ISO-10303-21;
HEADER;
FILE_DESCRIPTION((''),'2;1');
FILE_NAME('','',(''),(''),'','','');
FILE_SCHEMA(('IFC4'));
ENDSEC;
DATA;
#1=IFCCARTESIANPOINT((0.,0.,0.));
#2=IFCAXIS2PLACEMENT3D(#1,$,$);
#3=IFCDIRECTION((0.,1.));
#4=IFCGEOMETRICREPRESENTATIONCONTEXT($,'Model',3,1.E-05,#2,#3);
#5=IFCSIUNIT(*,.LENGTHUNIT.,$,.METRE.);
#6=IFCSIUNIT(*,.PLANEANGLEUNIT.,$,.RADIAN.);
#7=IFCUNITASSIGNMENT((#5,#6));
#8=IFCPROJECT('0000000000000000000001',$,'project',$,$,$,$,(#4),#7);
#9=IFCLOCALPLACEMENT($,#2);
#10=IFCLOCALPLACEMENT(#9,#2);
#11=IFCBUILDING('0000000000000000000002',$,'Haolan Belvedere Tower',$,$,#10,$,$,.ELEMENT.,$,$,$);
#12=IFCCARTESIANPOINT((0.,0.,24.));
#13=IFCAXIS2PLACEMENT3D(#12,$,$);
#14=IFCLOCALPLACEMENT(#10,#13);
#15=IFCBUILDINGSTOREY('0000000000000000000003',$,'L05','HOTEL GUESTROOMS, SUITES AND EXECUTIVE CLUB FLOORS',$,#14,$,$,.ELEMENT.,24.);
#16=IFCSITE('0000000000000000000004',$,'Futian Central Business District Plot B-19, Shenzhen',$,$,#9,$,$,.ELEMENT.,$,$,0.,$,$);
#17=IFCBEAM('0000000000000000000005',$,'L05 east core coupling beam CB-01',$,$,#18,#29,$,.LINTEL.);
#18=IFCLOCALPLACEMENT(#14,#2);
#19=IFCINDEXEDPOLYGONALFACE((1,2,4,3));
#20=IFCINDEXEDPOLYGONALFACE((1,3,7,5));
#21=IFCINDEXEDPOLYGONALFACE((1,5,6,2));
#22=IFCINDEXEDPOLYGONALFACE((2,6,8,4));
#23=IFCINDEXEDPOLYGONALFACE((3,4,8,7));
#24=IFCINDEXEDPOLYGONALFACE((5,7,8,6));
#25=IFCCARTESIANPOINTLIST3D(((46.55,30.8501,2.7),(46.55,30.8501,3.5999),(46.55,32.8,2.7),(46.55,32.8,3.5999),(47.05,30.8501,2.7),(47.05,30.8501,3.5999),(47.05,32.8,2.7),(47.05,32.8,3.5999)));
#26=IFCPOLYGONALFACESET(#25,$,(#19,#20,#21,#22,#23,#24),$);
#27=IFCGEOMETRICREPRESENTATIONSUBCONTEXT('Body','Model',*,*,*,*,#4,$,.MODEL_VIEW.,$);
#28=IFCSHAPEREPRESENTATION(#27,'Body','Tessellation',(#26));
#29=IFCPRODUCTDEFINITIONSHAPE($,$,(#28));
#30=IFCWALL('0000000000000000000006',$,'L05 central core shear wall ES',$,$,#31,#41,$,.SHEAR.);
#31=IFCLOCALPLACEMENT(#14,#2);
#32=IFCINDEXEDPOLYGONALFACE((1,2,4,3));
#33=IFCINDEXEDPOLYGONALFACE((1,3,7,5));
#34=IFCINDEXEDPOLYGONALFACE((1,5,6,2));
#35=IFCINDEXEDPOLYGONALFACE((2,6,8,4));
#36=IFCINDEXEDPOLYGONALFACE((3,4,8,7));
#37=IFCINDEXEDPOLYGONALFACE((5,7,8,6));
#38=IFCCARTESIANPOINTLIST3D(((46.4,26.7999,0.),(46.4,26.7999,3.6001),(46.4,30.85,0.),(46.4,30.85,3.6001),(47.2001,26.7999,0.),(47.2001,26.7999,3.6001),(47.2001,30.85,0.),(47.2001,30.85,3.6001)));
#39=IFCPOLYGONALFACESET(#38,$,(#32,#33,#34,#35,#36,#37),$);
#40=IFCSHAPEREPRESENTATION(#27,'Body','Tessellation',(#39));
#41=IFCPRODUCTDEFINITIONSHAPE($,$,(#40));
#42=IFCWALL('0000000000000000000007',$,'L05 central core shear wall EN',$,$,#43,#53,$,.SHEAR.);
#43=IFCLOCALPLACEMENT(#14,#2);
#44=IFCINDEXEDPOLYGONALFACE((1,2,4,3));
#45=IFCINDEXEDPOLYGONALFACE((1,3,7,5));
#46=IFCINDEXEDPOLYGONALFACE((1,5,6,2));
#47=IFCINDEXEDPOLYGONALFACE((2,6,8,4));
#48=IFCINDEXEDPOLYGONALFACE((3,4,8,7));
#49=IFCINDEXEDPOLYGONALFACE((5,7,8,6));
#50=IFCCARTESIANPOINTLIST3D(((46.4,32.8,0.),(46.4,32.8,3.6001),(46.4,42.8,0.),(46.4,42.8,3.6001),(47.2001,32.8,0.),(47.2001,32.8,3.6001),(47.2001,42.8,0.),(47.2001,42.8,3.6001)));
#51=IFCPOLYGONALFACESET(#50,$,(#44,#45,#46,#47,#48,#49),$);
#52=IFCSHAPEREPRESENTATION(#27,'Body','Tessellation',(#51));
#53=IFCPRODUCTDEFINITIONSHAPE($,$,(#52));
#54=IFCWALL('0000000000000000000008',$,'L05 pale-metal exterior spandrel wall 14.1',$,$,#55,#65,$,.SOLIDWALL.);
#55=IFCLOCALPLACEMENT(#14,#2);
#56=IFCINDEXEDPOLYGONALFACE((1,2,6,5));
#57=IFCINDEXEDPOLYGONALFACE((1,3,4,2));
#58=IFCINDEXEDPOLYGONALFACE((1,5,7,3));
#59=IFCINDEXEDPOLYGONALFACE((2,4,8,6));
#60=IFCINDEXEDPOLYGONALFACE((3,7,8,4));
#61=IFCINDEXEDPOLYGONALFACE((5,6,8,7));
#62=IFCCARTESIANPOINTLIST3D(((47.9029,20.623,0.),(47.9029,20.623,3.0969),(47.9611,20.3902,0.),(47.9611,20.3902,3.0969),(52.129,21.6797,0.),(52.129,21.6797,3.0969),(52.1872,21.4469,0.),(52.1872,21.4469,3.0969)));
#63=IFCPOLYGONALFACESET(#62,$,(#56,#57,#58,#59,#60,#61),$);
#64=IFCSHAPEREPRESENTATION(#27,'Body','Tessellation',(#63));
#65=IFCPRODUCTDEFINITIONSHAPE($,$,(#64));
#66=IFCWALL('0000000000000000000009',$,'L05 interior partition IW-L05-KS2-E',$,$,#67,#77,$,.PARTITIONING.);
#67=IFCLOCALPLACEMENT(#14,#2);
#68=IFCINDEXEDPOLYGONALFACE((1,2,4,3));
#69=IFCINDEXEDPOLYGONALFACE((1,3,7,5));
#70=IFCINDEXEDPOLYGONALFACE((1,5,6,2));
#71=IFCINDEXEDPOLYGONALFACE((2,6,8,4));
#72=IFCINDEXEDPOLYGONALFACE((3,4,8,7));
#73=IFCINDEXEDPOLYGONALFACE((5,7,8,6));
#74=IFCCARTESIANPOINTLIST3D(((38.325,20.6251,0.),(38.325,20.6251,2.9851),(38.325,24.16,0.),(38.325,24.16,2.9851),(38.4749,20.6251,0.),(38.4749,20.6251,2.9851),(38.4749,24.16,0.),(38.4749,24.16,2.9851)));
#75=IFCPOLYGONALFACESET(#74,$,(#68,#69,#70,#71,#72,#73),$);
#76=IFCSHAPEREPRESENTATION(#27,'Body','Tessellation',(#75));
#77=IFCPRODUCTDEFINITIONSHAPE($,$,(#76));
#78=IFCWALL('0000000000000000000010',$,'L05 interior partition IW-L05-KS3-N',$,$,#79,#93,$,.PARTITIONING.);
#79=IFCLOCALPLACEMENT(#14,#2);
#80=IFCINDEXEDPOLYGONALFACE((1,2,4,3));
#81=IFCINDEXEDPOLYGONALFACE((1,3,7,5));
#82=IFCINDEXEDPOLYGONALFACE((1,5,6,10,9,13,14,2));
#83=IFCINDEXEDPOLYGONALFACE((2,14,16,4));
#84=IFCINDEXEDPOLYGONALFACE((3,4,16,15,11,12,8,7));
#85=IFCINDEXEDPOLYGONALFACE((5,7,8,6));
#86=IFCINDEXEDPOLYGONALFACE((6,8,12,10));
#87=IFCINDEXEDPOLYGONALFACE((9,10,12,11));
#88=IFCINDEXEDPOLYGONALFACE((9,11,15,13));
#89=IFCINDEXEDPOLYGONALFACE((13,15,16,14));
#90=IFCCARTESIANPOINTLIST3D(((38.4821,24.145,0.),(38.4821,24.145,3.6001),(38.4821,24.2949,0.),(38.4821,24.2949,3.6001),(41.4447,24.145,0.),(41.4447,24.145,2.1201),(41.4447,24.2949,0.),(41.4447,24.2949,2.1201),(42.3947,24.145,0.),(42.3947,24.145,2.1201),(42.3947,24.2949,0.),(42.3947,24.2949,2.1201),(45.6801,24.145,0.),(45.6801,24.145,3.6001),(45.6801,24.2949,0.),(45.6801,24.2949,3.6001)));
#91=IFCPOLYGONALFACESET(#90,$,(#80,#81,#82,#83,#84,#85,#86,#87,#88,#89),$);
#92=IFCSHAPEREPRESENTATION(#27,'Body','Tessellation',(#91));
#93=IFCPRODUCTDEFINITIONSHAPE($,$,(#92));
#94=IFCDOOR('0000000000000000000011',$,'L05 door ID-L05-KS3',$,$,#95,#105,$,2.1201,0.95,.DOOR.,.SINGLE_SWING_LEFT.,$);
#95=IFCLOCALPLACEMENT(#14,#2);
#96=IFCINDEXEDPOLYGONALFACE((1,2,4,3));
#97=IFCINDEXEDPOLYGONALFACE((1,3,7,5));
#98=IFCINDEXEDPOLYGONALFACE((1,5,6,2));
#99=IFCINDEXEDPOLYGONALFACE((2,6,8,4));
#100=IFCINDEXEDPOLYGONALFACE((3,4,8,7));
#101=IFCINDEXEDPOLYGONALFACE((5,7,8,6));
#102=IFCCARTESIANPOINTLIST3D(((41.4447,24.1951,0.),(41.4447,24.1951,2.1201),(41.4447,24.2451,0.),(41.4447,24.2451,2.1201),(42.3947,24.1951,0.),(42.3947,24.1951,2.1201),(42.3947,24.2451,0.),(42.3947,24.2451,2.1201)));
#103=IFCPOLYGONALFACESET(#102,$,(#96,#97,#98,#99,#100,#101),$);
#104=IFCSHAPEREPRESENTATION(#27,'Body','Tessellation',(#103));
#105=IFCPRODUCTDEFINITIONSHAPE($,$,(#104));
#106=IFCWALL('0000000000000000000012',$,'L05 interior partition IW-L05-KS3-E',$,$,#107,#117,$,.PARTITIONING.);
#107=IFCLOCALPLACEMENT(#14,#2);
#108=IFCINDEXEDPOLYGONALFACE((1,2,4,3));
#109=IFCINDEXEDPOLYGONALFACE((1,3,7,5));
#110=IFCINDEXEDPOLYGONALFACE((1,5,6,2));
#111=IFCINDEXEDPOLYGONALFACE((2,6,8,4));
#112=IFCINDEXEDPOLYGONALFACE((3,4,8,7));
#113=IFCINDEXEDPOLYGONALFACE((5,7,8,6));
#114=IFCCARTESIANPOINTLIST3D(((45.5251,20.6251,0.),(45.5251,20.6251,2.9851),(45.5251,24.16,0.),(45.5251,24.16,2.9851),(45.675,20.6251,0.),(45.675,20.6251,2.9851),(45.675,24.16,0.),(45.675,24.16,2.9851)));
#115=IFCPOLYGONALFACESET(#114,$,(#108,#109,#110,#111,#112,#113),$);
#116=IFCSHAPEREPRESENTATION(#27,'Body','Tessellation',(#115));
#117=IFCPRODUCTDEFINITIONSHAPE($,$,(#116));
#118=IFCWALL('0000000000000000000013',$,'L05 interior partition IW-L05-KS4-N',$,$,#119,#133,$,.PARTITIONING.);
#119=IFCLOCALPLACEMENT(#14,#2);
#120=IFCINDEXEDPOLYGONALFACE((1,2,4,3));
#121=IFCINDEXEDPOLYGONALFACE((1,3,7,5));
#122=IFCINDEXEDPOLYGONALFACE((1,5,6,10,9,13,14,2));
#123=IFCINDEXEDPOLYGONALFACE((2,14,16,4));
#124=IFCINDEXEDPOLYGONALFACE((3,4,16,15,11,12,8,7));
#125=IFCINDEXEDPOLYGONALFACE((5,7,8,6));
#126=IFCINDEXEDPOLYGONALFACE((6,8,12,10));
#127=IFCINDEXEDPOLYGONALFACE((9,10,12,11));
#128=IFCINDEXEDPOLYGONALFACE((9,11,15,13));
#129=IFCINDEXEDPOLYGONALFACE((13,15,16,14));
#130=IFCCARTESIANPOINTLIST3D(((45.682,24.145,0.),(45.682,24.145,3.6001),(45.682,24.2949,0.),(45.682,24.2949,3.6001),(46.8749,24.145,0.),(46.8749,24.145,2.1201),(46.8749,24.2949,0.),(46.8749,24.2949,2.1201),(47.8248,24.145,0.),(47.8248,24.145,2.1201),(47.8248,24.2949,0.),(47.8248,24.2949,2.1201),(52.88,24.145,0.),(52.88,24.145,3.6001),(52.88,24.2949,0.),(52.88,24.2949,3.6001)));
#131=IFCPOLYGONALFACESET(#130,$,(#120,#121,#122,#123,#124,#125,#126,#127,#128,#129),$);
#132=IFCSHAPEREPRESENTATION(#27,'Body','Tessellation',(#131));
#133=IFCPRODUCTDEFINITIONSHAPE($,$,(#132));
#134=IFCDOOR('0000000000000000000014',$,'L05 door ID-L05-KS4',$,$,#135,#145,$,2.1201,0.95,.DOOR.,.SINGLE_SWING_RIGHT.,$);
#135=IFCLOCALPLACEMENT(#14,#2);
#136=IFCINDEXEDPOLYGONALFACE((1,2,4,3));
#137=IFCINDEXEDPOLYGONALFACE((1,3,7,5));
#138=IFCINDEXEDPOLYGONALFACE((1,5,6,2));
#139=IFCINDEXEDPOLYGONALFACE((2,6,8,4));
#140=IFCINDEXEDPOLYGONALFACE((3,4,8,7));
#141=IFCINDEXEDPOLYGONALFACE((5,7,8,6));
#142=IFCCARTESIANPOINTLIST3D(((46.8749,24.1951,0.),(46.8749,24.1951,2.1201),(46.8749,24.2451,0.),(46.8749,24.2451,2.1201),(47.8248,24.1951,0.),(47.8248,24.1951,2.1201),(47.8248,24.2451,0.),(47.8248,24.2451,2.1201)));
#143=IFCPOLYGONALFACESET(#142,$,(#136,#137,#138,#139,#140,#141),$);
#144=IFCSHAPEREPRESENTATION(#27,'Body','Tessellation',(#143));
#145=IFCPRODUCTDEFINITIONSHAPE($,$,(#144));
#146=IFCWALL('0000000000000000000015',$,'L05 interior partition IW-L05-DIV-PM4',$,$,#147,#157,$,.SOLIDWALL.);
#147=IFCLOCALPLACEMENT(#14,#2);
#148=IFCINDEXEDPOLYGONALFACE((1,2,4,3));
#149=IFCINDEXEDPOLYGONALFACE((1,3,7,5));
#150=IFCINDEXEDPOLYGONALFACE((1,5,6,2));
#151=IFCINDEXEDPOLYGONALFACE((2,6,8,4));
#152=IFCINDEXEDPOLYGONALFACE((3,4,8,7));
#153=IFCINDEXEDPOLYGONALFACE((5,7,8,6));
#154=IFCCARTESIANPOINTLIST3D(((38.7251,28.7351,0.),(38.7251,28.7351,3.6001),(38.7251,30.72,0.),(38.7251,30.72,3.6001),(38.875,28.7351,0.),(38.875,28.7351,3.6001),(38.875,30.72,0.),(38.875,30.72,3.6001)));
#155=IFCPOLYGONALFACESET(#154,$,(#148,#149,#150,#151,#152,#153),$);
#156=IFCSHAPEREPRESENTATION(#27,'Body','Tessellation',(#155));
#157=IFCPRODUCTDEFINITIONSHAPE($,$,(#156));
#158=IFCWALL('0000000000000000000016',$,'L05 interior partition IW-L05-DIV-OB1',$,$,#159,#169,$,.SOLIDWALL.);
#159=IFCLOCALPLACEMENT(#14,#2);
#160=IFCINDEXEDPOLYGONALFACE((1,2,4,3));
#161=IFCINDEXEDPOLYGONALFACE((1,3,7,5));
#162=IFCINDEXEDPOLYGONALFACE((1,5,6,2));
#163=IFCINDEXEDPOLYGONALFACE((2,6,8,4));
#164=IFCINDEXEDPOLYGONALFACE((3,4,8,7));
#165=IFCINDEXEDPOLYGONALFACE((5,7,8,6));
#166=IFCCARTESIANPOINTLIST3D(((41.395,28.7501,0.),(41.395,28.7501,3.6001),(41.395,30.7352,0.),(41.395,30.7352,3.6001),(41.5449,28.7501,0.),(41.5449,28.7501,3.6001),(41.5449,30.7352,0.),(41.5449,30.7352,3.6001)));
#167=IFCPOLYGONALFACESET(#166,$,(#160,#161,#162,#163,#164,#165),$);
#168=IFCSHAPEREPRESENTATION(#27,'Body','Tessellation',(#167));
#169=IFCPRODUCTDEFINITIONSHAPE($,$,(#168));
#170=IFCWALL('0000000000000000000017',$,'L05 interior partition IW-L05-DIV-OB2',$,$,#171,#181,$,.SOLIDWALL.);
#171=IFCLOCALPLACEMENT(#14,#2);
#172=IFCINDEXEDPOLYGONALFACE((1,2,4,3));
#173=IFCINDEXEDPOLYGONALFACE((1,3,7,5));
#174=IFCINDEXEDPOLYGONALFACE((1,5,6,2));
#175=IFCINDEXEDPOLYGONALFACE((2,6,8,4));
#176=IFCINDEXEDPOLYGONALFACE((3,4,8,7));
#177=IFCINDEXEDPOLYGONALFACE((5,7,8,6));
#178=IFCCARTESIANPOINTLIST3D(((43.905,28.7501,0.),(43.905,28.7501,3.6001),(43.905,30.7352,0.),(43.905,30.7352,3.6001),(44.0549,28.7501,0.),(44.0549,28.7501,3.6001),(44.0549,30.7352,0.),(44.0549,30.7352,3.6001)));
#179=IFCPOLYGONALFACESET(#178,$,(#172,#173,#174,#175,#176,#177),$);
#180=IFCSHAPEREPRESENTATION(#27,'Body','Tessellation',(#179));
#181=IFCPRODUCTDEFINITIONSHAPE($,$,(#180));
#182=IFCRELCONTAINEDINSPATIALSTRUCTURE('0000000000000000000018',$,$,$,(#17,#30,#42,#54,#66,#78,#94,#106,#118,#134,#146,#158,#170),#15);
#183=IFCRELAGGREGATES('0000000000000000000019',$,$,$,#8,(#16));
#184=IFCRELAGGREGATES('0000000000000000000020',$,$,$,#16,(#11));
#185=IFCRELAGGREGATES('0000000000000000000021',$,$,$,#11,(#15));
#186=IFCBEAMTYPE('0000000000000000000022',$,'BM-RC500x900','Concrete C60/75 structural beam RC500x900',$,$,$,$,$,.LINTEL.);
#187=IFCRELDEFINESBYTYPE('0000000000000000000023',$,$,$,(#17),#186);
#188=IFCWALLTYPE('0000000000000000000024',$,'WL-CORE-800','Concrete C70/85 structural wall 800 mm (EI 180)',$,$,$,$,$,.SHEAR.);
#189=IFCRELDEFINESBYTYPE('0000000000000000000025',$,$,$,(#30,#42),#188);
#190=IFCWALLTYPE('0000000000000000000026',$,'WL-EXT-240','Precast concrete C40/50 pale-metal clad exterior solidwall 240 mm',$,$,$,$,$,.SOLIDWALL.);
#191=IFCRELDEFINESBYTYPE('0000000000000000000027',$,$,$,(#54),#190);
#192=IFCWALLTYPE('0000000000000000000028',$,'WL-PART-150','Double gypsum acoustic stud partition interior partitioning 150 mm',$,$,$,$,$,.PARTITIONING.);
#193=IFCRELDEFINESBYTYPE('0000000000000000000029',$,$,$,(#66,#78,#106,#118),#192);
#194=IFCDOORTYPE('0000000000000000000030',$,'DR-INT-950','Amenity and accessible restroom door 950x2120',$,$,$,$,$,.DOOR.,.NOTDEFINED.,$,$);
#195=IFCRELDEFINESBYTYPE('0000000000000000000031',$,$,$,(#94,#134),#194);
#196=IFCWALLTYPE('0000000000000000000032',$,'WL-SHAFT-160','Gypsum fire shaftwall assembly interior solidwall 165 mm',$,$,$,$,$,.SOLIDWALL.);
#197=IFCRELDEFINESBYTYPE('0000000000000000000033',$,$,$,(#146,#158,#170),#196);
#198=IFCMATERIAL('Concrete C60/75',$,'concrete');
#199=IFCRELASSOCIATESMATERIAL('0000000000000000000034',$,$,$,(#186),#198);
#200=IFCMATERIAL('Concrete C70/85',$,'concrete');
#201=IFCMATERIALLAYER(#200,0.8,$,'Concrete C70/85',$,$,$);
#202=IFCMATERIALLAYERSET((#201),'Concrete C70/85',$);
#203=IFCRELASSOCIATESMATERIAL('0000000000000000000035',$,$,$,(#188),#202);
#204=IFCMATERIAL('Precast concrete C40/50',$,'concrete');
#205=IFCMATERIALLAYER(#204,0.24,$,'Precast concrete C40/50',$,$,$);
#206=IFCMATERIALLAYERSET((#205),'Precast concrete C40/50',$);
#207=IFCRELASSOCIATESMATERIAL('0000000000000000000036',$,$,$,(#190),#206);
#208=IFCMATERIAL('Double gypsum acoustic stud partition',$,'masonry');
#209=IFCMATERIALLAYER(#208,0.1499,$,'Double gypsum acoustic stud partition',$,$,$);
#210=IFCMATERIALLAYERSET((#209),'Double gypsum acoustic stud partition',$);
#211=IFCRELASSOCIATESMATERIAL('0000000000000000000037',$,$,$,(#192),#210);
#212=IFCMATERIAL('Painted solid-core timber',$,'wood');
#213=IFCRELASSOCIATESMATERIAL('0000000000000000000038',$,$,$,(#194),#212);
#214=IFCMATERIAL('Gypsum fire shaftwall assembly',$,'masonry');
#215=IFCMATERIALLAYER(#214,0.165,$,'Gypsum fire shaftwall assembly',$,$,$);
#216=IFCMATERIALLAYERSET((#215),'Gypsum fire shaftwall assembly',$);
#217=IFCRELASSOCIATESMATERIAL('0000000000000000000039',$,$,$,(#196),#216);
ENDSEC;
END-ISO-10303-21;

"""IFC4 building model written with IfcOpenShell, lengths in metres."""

from ifc_helpers import new_model, si_unit, direction, frame, frame_2d, origin, origin_2d, place, context, subcontext, project, spatial, rectangle, extrude, material, layer, layer_set, material_profile, profile_set, type_object, element, fill, save


model = new_model("IFC4")

# Units and contexts
model_context = context("Model", 3, precision=1e-05, world=origin(), true_north=direction((0.0, 1.0)))
body_context = subcontext(model_context, "Body", "Model", "MODEL_VIEW")
ifc_project = project(units=[si_unit("LENGTHUNIT", "METRE"), si_unit("PLANEANGLEUNIT", "RADIAN")], contexts=[model_context])

# Site, building, storey
site_placement = place(None, origin())
site = spatial("IfcSite", under=ifc_project, at=site_placement, Name="Futian Central Business District Plot B-19, Shenzhen", CompositionType="ELEMENT", RefElevation=0.0)
building_placement = place(site_placement, origin())
building = spatial("IfcBuilding", under=site, at=building_placement, Name="Haolan Belvedere Tower", CompositionType="ELEMENT")
storey_placement = place(building_placement, frame((0.0, 0.0, 24.0)))
storey = spatial("IfcBuildingStorey", under=building, at=storey_placement, Name="L05", Description="HOTEL GUESTROOMS, SUITES AND EXECUTIVE CLUB FLOORS", CompositionType="ELEMENT", Elevation=24.0)

# Beam
ifc_material_1 = material(Name="Concrete C60/75", Category="concrete")
ifc_material_profile_1 = material_profile(ifc_material_1, rectangle(XDim=0.5, YDim=0.8999, at=origin_2d()), Name="Concrete C60/75")
ifc_profile_set_1 = profile_set([ifc_material_profile_1], Name="Concrete C60/75")
beam_type_1 = type_object("IfcBeamType", Name="BM-RC500x900", Description="Concrete C60/75 structural beam RC500x900", PredefinedType="LINTEL", material=ifc_profile_set_1)
beam_1_placement = place(storey_placement, frame((46.8, 30.8501, 3.1499), z_axis=(0.0, 1.0, 0.0), x_axis=(-1.0, 0.0, 0.0)))
element("IfcBeam", 1, at=beam_1_placement, inside=storey, type_object=beam_type_1, Name="L05 east core coupling beam CB-01", PredefinedType="LINTEL", context=body_context, shape_type="SweptSolid", body=[
    extrude(rectangle(XDim=0.5, YDim=0.8999, at=origin_2d()), origin(), (0.0, 0.0, 1.0), 1.95),
])

# Walls
ifc_material_2 = material(Name="Concrete C70/85", Category="concrete")
ifc_layer_1 = layer(ifc_material_2, 0.8, Name="Concrete C70/85")
ifc_layer_set_1 = layer_set([ifc_layer_1], Name="Concrete C70/85")
wall_type_1 = type_object("IfcWallType", Name="WL-CORE-800", Description="Concrete C70/85 structural wall 800 mm (EI 180)", PredefinedType="SHEAR", material=ifc_layer_set_1)
wall_1_placement = place(storey_placement, frame((46.8, 26.8, 0.0), z_axis=(0.0, 0.0, 1.0), x_axis=(0.0, 1.0, 0.0)))
element("IfcWall", 2, at=wall_1_placement, inside=storey, type_object=wall_type_1, Name="L05 central core shear wall ES", PredefinedType="SHEAR", context=body_context, shape_type="SweptSolid", body=[
    extrude(rectangle(XDim=4.05, YDim=0.8, at=frame_2d((2.0249, 0.0))), origin(), (0.0, 0.0, 1.0), 3.6001),
])
wall_2_placement = place(storey_placement, frame((46.8, 32.8, 0.0), z_axis=(0.0, 0.0, 1.0), x_axis=(0.0, 1.0, 0.0)))
element("IfcWall", 3, at=wall_2_placement, inside=storey, type_object=wall_type_1, Name="L05 central core shear wall EN", PredefinedType="SHEAR", context=body_context, shape_type="SweptSolid", body=[
    extrude(rectangle(XDim=10.0, YDim=0.8, at=frame_2d((5.0, 0.0))), origin(), (0.0, 0.0, 1.0), 3.6001),
])
ifc_material_3 = material(Name="Precast concrete C40/50", Category="concrete")
ifc_layer_2 = layer(ifc_material_3, 0.24, Name="Precast concrete C40/50")
ifc_layer_set_2 = layer_set([ifc_layer_2], Name="Precast concrete C40/50")
wall_type_2 = type_object("IfcWallType", Name="WL-EXT-240", Description="Precast concrete C40/50 pale-metal clad exterior solidwall 240 mm", PredefinedType="SOLIDWALL", material=ifc_layer_set_2)
wall_3_placement = place(storey_placement, frame((47.9319, 20.5066, 0.0), z_axis=(0.0, 0.0, 1.0), x_axis=(0.970136, 0.242562, 0.0)))
element("IfcWall", 4, at=wall_3_placement, inside=storey, type_object=wall_type_2, Name="L05 pale-metal exterior spandrel wall 14.1", PredefinedType="SOLIDWALL", context=body_context, shape_type="SweptSolid", body=[
    extrude(rectangle(XDim=4.3562, YDim=0.24, at=frame_2d((2.1782, 0.0))), origin(), (0.0, 0.0, 1.0), 3.0969),
])
ifc_material_4 = material(Name="Double gypsum acoustic stud partition", Category="masonry")
ifc_layer_3 = layer(ifc_material_4, 0.1499, Name="Double gypsum acoustic stud partition")
ifc_layer_set_3 = layer_set([ifc_layer_3], Name="Double gypsum acoustic stud partition")
wall_type_3 = type_object("IfcWallType", Name="WL-PART-150", Description="Double gypsum acoustic stud partition interior partitioning 150 mm", PredefinedType="PARTITIONING", material=ifc_layer_set_3)
wall_4_placement = place(storey_placement, frame((38.3999, 20.625, 0.0), z_axis=(0.0, 0.0, 1.0), x_axis=(0.0, 1.0, 0.0)))
element("IfcWall", 5, at=wall_4_placement, inside=storey, type_object=wall_type_3, Name="L05 interior partition IW-L05-KS2-E", PredefinedType="PARTITIONING", context=body_context, shape_type="SweptSolid", body=[
    extrude(rectangle(XDim=3.5349, YDim=0.1499, at=frame_2d((1.7676, 0.0))), origin(), (0.0, 0.0, 1.0), 2.9851),
])

# Wall, opening, door
wall_5_placement = place(storey_placement, frame((38.4819, 24.22, 0.0), z_axis=(0.0, 0.0, 1.0), x_axis=(1.0, 0.0, 0.0)))
wall_5 = element("IfcWall", 6, at=wall_5_placement, inside=storey, type_object=wall_type_3, Name="L05 interior partition IW-L05-KS3-N", PredefinedType="PARTITIONING", context=body_context, shape_type="SweptSolid", body=[
    extrude(rectangle(XDim=7.198, YDim=0.1499, at=frame_2d((3.5991, 0.0))), origin(), (0.0, 0.0, 1.0), 3.6001),
])
opening_1_placement = place(wall_5_placement, frame((3.9128, 0.0, 0.0), z_axis=(0.0, 0.0, 1.0), x_axis=(-1.0, 0.0, 0.0)))
opening_1 = element("IfcOpeningElement", 7, at=opening_1_placement, cuts=wall_5, PredefinedType="OPENING", context=body_context, shape_type="SweptSolid", body=[
    extrude(rectangle(XDim=0.95, YDim=2.1201, at=frame_2d((0.4751, 1.0601))), frame((0.0, 0.085, 0.0), z_axis=(0.0, -1.0, 0.0), x_axis=(1.0, 0.0, 0.0)), (0.0, 0.0, 1.0), 0.1699),
])
ifc_material_5 = material(Name="Painted solid-core timber", Category="wood")
door_type = type_object("IfcDoorType", Name="DR-INT-950", Description="Amenity and accessible restroom door 950x2120", OperationType="NOTDEFINED", PredefinedType="DOOR", material=ifc_material_5)
door_1_placement = place(opening_1_placement, origin())
door_1 = element("IfcDoor", 8, at=door_1_placement, inside=storey, type_object=door_type, Name="L05 door ID-L05-KS3", OperationType="SINGLE_SWING_LEFT", OverallHeight=2.1201, OverallWidth=0.95, PredefinedType="DOOR", context=body_context, shape_type="SweptSolid", body=[
    extrude(rectangle(XDim=0.95, YDim=2.1201, at=frame_2d((0.4751, 1.0601))), frame((0.0, 0.0249, 0.0), z_axis=(0.0, -1.0, 0.0), x_axis=(1.0, 0.0, 0.0)), (0.0, 0.0, 1.0), 0.05),
])
fill(opening_1, door_1)

# Wall
wall_6_placement = place(storey_placement, frame((45.6001, 20.625, 0.0), z_axis=(0.0, 0.0, 1.0), x_axis=(0.0, 1.0, 0.0)))
element("IfcWall", 9, at=wall_6_placement, inside=storey, type_object=wall_type_3, Name="L05 interior partition IW-L05-KS3-E", PredefinedType="PARTITIONING", context=body_context, shape_type="SweptSolid", body=[
    extrude(rectangle(XDim=3.5349, YDim=0.1499, at=frame_2d((1.7676, 0.0))), origin(), (0.0, 0.0, 1.0), 2.9851),
])

# Wall, opening, door
wall_7_placement = place(storey_placement, frame((45.6819, 24.22, 0.0), z_axis=(0.0, 0.0, 1.0), x_axis=(1.0, 0.0, 0.0)))
wall_7 = element("IfcWall", 10, at=wall_7_placement, inside=storey, type_object=wall_type_3, Name="L05 interior partition IW-L05-KS4-N", PredefinedType="PARTITIONING", context=body_context, shape_type="SweptSolid", body=[
    extrude(rectangle(XDim=7.198, YDim=0.1499, at=frame_2d((3.5991, 0.0))), origin(), (0.0, 0.0, 1.0), 3.6001),
])
opening_2_placement = place(wall_7_placement, frame((2.1431, 0.0, 0.0), z_axis=(0.0, 0.0, 1.0), x_axis=(-1.0, 0.0, 0.0)))
opening_2 = element("IfcOpeningElement", 11, at=opening_2_placement, cuts=wall_7, PredefinedType="OPENING", context=body_context, shape_type="SweptSolid", body=[
    extrude(rectangle(XDim=0.95, YDim=2.1201, at=frame_2d((0.4751, 1.0601))), frame((0.0, 0.085, 0.0), z_axis=(0.0, -1.0, 0.0), x_axis=(1.0, 0.0, 0.0)), (0.0, 0.0, 1.0), 0.1699),
])
door_2_placement = place(opening_2_placement, origin())
door_2 = element("IfcDoor", 12, at=door_2_placement, inside=storey, type_object=door_type, Name="L05 door ID-L05-KS4", OperationType="SINGLE_SWING_RIGHT", OverallHeight=2.1201, OverallWidth=0.95, PredefinedType="DOOR", context=body_context, shape_type="SweptSolid", body=[
    extrude(rectangle(XDim=0.95, YDim=2.1201, at=frame_2d((0.4751, 1.0601))), frame((0.0, 0.0249, 0.0), z_axis=(0.0, -1.0, 0.0), x_axis=(1.0, 0.0, 0.0)), (0.0, 0.0, 1.0), 0.05),
])
fill(opening_2, door_2)

# Walls
ifc_material_6 = material(Name="Gypsum fire shaftwall assembly", Category="masonry")
ifc_layer_4 = layer(ifc_material_6, 0.165, Name="Gypsum fire shaftwall assembly")
ifc_layer_set_4 = layer_set([ifc_layer_4], Name="Gypsum fire shaftwall assembly")
wall_type_4 = type_object("IfcWallType", Name="WL-SHAFT-160", Description="Gypsum fire shaftwall assembly interior solidwall 165 mm", PredefinedType="SOLIDWALL", material=ifc_layer_set_4)
wall_8_placement = place(storey_placement, frame((38.8, 28.7351, 0.0), z_axis=(0.0, 0.0, 1.0), x_axis=(0.0, 1.0, 0.0)))
element("IfcWall", 13, at=wall_8_placement, inside=storey, type_object=wall_type_4, Name="L05 interior partition IW-L05-DIV-PM4", PredefinedType="SOLIDWALL", context=body_context, shape_type="SweptSolid", body=[
    extrude(rectangle(XDim=1.9849, YDim=0.1499, at=frame_2d((0.9924, 0.0))), origin(), (0.0, 0.0, 1.0), 3.6001),
])
for number, where, z_axis, x_axis, name in (
    (14, (41.47, 28.75, 0.0), (0.0, 0.0, 1.0), (0.0, 1.0, 0.0), "L05 interior partition IW-L05-DIV-OB1"),
    (15, (43.98, 28.75, 0.0), (0.0, 0.0, 1.0), (0.0, 1.0, 0.0), "L05 interior partition IW-L05-DIV-OB2"),
):
    element("IfcWall", number, at=place(storey_placement, frame(where, z_axis=z_axis, x_axis=x_axis)), inside=storey, type_object=wall_type_4, Name=name, PredefinedType="SOLIDWALL", context=body_context, shape_type="SweptSolid", body=[
        extrude(rectangle(XDim=1.9851, YDim=0.1499, at=frame_2d((0.9927, 0.0))), origin(), (0.0, 0.0, 1.0), 3.6001),
    ])

save(model, "model.ifc")
